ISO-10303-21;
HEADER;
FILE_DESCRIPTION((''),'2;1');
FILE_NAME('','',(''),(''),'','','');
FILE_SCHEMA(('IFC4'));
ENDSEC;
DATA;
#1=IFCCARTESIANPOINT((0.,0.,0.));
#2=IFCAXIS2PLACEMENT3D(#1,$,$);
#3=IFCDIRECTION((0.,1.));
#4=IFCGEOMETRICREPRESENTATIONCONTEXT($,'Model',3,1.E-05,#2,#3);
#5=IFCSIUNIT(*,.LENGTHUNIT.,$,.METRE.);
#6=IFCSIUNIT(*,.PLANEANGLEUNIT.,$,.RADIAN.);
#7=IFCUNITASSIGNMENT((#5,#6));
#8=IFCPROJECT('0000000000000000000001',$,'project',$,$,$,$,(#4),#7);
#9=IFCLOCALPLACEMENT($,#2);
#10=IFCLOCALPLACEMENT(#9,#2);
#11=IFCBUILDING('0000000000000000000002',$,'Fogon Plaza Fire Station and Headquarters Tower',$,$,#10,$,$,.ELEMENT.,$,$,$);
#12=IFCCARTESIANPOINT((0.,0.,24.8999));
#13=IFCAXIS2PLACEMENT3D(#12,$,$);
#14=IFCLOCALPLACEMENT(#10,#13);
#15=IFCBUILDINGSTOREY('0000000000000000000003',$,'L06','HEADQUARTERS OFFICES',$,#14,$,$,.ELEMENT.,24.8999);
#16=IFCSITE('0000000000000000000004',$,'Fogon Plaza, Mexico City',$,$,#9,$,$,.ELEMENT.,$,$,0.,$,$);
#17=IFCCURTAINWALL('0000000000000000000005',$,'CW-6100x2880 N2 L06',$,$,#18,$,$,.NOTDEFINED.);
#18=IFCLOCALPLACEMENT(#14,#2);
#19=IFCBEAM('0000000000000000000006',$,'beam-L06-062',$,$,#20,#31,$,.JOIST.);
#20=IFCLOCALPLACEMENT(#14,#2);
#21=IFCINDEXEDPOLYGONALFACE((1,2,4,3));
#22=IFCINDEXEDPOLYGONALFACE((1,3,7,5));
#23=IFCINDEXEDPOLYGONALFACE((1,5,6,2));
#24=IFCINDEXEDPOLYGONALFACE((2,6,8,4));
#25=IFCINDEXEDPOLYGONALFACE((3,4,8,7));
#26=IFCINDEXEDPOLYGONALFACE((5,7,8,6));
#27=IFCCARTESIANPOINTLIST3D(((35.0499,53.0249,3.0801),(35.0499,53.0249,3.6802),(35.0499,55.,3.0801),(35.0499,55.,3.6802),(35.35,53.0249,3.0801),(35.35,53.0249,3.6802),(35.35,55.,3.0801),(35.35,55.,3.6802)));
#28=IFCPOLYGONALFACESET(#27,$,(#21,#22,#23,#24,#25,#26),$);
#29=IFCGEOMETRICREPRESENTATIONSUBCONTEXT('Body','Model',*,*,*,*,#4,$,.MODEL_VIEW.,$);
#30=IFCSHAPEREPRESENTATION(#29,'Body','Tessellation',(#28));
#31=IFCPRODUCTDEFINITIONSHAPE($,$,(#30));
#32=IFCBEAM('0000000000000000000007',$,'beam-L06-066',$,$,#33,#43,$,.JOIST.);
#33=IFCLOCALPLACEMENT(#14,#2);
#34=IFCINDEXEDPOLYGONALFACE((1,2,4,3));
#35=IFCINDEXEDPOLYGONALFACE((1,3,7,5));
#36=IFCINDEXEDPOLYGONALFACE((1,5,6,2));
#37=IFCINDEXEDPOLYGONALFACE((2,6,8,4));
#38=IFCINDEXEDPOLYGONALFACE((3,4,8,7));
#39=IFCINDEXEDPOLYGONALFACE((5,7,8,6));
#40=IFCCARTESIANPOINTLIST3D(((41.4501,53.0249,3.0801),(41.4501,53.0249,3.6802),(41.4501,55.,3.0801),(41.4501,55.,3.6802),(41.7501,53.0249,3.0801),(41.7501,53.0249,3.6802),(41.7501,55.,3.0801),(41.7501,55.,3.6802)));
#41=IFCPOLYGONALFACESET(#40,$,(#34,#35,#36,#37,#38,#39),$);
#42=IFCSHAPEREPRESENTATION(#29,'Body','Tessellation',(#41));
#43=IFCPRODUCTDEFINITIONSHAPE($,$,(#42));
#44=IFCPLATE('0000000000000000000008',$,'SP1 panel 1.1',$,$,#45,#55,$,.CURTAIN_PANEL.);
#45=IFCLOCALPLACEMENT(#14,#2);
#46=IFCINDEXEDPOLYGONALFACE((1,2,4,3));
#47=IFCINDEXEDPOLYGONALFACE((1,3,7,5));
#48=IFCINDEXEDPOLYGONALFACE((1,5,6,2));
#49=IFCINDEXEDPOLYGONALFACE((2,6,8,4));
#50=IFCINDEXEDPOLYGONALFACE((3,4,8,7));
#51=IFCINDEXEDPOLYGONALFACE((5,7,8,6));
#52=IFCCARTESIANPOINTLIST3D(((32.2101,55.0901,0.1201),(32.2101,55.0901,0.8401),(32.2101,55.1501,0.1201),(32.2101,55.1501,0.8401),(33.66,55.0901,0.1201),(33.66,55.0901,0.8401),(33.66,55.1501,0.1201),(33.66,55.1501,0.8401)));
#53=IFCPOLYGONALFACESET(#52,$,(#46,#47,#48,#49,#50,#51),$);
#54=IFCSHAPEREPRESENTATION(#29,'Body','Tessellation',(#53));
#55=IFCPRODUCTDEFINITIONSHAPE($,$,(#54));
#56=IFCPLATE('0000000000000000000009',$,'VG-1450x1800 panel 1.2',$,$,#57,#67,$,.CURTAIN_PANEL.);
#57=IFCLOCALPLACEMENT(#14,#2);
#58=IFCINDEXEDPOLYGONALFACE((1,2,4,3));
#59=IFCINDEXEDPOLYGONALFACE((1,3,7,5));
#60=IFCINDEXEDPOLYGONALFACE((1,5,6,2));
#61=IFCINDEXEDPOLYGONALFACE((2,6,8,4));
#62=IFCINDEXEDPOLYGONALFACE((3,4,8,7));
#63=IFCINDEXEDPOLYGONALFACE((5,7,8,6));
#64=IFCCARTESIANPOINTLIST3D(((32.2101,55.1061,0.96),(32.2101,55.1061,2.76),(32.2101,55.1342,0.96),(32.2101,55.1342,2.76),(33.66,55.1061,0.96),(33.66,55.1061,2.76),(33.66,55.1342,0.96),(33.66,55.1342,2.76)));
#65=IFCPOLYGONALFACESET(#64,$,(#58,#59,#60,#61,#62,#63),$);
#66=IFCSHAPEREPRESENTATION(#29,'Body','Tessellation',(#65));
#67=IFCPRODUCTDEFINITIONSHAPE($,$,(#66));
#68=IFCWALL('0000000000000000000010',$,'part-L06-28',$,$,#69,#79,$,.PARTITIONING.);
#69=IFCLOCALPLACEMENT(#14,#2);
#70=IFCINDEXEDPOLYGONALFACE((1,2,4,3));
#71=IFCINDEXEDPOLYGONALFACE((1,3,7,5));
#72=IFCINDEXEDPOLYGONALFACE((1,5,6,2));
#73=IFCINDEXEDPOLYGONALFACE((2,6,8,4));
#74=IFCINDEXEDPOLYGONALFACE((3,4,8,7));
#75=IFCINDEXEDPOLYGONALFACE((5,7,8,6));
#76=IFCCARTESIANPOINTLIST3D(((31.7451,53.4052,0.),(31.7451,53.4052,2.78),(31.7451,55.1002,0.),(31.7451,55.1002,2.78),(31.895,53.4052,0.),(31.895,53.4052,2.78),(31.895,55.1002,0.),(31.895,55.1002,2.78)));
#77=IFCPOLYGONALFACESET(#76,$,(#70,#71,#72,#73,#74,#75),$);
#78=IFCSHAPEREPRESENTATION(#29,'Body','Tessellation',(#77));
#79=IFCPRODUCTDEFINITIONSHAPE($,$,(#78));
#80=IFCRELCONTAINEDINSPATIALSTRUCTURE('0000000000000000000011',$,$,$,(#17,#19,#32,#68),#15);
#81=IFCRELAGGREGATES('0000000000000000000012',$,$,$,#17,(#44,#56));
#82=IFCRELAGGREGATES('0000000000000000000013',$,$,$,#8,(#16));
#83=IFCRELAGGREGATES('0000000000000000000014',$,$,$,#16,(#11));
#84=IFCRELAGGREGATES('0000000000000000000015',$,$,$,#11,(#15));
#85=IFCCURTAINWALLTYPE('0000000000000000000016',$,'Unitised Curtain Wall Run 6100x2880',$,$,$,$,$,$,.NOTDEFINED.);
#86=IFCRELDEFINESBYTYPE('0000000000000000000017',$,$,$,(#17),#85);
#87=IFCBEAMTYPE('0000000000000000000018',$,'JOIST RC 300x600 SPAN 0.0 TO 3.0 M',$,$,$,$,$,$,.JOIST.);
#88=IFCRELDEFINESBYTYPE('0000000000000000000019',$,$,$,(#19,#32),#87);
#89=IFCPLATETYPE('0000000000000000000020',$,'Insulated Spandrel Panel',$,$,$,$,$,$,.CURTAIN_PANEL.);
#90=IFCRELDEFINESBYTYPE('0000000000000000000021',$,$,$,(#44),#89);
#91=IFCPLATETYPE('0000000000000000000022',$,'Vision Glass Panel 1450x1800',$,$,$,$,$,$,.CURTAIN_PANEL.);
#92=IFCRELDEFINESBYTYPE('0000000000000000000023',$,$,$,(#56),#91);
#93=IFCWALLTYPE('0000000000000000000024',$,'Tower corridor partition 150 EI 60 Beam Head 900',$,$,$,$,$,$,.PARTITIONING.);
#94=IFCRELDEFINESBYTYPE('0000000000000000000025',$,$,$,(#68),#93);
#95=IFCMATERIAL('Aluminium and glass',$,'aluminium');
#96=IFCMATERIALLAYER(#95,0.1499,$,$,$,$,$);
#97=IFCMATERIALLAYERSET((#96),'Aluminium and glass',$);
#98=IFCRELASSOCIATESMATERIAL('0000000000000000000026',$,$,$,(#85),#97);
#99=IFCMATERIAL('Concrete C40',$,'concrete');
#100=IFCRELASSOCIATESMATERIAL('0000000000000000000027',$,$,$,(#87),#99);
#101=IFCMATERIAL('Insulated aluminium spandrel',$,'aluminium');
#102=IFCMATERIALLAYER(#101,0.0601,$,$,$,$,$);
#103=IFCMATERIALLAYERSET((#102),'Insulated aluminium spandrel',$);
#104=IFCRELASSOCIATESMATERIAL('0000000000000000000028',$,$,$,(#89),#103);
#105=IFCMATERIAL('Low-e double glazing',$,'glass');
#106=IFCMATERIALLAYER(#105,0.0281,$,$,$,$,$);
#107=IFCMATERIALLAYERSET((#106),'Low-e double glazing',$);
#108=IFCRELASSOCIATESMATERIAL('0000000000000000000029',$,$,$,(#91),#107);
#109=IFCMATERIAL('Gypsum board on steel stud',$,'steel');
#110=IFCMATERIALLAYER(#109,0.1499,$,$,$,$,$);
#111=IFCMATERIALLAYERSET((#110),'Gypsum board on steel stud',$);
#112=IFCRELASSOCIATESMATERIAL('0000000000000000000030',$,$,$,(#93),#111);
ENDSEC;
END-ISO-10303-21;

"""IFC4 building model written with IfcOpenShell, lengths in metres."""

from ifc_helpers import new_model, si_unit, direction, frame, frame_2d, origin, origin_2d, place, context, subcontext, project, spatial, rectangle, extrude, material, layer, layer_set, material_profile, profile_set, type_object, element, aggregate, save


model = new_model("IFC4")

# Units and contexts
model_context = context("Model", 3, precision=1e-05, world=origin(), true_north=direction((0.0, 1.0)))
body_context = subcontext(model_context, "Body", "Model", "MODEL_VIEW")
ifc_project = project(units=[si_unit("LENGTHUNIT", "METRE"), si_unit("PLANEANGLEUNIT", "RADIAN")], contexts=[model_context])

# Site, building, storey
site_placement = place(None, origin())
site = spatial("IfcSite", under=ifc_project, at=site_placement, Name="Fogon Plaza, Mexico City", CompositionType="ELEMENT", RefElevation=0.0)
building_placement = place(site_placement, origin())
building = spatial("IfcBuilding", under=site, at=building_placement, Name="Fogon Plaza Fire Station and Headquarters Tower", CompositionType="ELEMENT")
storey_placement = place(building_placement, frame((0.0, 0.0, 24.8999)))
storey = spatial("IfcBuildingStorey", under=building, at=storey_placement, Name="L06", Description="HEADQUARTERS OFFICES", CompositionType="ELEMENT", Elevation=24.8999)

# Shared definitions
ifc_material_1 = material(Name="Aluminium and glass", Category="aluminium")
ifc_layer_1 = layer(ifc_material_1, 0.1499)
ifc_layer_set_1 = layer_set([ifc_layer_1], Name="Aluminium and glass")
curtain_wall_type = type_object("IfcCurtainWallType", Name="Unitised Curtain Wall Run 6100x2880", PredefinedType="NOTDEFINED", material=ifc_layer_set_1)

# Curtain wall
curtain_wall_1_placement = place(storey_placement, origin())
curtain_wall_1 = element("IfcCurtainWall", 1, at=curtain_wall_1_placement, inside=storey, type_object=curtain_wall_type, Name="CW-6100x2880 N2 L06", PredefinedType="NOTDEFINED")

# Beams
ifc_material_2 = material(Name="Concrete C40", Category="concrete")
ifc_material_profile_1 = material_profile(ifc_material_2, rectangle(XDim=0.3, YDim=0.6001, at=origin_2d()), Name="RC 300x600")
ifc_profile_set_1 = profile_set([ifc_material_profile_1], Name="Concrete C40")
beam_type_1 = type_object("IfcBeamType", Name="JOIST RC 300x600 SPAN 0.0 TO 3.0 M", PredefinedType="JOIST", material=ifc_profile_set_1)
for number, where, z_axis, x_axis, name in (
    (2, (35.2, 53.0249, 3.3801), (0.0, 1.0, 0.0), (-1.0, 0.0, 0.0), "beam-L06-062"),
    (3, (41.6001, 53.0249, 3.3801), (0.0, 1.0, 0.0), (-1.0, 0.0, 0.0), "beam-L06-066"),
):
    element("IfcBeam", number, at=place(storey_placement, frame(where, z_axis=z_axis, x_axis=x_axis)), inside=storey, type_object=beam_type_1, Name=name, PredefinedType="JOIST", context=body_context, shape_type="SweptSolid", body=[
        extrude(rectangle(XDim=0.3, YDim=0.6001, at=origin_2d()), origin(), (0.0, 0.0, 1.0), 1.9751),
    ])

# Plates
ifc_material_3 = material(Name="Insulated aluminium spandrel", Category="aluminium")
ifc_layer_2 = layer(ifc_material_3, 0.0601)
ifc_layer_set_2 = layer_set([ifc_layer_2], Name="Insulated aluminium spandrel")
plate_type_1 = type_object("IfcPlateType", Name="Insulated Spandrel Panel", PredefinedType="CURTAIN_PANEL", material=ifc_layer_set_2)
plate_1_placement = place(storey_placement, frame((32.9351, 55.1201, 0.1201), z_axis=(0.0, 0.0, 1.0), x_axis=(1.0, 0.0, 0.0)))
plate_1 = element("IfcPlate", 4, at=plate_1_placement, type_object=plate_type_1, Name="SP1 panel 1.1", PredefinedType="CURTAIN_PANEL", context=body_context, shape_type="SweptSolid", body=[
    extrude(rectangle(XDim=1.45, YDim=0.0601, at=origin_2d()), origin(), (0.0, 0.0, 1.0), 0.72),
])
ifc_material_4 = material(Name="Low-e double glazing", Category="glass")
ifc_layer_3 = layer(ifc_material_4, 0.0281)
ifc_layer_set_3 = layer_set([ifc_layer_3], Name="Low-e double glazing")
plate_type_2 = type_object("IfcPlateType", Name="Vision Glass Panel 1450x1800", PredefinedType="CURTAIN_PANEL", material=ifc_layer_set_3)
plate_2_placement = place(storey_placement, frame((32.9351, 55.1201, 0.96), z_axis=(0.0, 0.0, 1.0), x_axis=(1.0, 0.0, 0.0)))
plate_2 = element("IfcPlate", 5, at=plate_2_placement, type_object=plate_type_2, Name="VG-1450x1800 panel 1.2", PredefinedType="CURTAIN_PANEL", context=body_context, shape_type="SweptSolid", body=[
    extrude(rectangle(XDim=1.45, YDim=0.0281, at=origin_2d()), origin(), (0.0, 0.0, 1.0), 1.8),
])
aggregate(curtain_wall_1, [plate_1, plate_2])

# Wall
ifc_material_5 = material(Name="Gypsum board on steel stud", Category="steel")
ifc_layer_4 = layer(ifc_material_5, 0.1499)
ifc_layer_set_4 = layer_set([ifc_layer_4], Name="Gypsum board on steel stud")
wall_type = type_object("IfcWallType", Name="Tower corridor partition 150 EI 60 Beam Head 900", PredefinedType="PARTITIONING", material=ifc_layer_set_4)
wall_placement = place(storey_placement, frame((31.8201, 53.405, 0.0), z_axis=(0.0, 0.0, 1.0), x_axis=(0.0, 1.0, 0.0)))
element("IfcWall", 6, at=wall_placement, inside=storey, type_object=wall_type, Name="part-L06-28", PredefinedType="PARTITIONING", context=body_context, shape_type="SweptSolid", body=[
    extrude(rectangle(XDim=1.6951, YDim=0.1499, at=frame_2d((0.8477, 0.0))), origin(), (0.0, 0.0, 1.0), 2.78),
])

save(model, "model.ifc")
